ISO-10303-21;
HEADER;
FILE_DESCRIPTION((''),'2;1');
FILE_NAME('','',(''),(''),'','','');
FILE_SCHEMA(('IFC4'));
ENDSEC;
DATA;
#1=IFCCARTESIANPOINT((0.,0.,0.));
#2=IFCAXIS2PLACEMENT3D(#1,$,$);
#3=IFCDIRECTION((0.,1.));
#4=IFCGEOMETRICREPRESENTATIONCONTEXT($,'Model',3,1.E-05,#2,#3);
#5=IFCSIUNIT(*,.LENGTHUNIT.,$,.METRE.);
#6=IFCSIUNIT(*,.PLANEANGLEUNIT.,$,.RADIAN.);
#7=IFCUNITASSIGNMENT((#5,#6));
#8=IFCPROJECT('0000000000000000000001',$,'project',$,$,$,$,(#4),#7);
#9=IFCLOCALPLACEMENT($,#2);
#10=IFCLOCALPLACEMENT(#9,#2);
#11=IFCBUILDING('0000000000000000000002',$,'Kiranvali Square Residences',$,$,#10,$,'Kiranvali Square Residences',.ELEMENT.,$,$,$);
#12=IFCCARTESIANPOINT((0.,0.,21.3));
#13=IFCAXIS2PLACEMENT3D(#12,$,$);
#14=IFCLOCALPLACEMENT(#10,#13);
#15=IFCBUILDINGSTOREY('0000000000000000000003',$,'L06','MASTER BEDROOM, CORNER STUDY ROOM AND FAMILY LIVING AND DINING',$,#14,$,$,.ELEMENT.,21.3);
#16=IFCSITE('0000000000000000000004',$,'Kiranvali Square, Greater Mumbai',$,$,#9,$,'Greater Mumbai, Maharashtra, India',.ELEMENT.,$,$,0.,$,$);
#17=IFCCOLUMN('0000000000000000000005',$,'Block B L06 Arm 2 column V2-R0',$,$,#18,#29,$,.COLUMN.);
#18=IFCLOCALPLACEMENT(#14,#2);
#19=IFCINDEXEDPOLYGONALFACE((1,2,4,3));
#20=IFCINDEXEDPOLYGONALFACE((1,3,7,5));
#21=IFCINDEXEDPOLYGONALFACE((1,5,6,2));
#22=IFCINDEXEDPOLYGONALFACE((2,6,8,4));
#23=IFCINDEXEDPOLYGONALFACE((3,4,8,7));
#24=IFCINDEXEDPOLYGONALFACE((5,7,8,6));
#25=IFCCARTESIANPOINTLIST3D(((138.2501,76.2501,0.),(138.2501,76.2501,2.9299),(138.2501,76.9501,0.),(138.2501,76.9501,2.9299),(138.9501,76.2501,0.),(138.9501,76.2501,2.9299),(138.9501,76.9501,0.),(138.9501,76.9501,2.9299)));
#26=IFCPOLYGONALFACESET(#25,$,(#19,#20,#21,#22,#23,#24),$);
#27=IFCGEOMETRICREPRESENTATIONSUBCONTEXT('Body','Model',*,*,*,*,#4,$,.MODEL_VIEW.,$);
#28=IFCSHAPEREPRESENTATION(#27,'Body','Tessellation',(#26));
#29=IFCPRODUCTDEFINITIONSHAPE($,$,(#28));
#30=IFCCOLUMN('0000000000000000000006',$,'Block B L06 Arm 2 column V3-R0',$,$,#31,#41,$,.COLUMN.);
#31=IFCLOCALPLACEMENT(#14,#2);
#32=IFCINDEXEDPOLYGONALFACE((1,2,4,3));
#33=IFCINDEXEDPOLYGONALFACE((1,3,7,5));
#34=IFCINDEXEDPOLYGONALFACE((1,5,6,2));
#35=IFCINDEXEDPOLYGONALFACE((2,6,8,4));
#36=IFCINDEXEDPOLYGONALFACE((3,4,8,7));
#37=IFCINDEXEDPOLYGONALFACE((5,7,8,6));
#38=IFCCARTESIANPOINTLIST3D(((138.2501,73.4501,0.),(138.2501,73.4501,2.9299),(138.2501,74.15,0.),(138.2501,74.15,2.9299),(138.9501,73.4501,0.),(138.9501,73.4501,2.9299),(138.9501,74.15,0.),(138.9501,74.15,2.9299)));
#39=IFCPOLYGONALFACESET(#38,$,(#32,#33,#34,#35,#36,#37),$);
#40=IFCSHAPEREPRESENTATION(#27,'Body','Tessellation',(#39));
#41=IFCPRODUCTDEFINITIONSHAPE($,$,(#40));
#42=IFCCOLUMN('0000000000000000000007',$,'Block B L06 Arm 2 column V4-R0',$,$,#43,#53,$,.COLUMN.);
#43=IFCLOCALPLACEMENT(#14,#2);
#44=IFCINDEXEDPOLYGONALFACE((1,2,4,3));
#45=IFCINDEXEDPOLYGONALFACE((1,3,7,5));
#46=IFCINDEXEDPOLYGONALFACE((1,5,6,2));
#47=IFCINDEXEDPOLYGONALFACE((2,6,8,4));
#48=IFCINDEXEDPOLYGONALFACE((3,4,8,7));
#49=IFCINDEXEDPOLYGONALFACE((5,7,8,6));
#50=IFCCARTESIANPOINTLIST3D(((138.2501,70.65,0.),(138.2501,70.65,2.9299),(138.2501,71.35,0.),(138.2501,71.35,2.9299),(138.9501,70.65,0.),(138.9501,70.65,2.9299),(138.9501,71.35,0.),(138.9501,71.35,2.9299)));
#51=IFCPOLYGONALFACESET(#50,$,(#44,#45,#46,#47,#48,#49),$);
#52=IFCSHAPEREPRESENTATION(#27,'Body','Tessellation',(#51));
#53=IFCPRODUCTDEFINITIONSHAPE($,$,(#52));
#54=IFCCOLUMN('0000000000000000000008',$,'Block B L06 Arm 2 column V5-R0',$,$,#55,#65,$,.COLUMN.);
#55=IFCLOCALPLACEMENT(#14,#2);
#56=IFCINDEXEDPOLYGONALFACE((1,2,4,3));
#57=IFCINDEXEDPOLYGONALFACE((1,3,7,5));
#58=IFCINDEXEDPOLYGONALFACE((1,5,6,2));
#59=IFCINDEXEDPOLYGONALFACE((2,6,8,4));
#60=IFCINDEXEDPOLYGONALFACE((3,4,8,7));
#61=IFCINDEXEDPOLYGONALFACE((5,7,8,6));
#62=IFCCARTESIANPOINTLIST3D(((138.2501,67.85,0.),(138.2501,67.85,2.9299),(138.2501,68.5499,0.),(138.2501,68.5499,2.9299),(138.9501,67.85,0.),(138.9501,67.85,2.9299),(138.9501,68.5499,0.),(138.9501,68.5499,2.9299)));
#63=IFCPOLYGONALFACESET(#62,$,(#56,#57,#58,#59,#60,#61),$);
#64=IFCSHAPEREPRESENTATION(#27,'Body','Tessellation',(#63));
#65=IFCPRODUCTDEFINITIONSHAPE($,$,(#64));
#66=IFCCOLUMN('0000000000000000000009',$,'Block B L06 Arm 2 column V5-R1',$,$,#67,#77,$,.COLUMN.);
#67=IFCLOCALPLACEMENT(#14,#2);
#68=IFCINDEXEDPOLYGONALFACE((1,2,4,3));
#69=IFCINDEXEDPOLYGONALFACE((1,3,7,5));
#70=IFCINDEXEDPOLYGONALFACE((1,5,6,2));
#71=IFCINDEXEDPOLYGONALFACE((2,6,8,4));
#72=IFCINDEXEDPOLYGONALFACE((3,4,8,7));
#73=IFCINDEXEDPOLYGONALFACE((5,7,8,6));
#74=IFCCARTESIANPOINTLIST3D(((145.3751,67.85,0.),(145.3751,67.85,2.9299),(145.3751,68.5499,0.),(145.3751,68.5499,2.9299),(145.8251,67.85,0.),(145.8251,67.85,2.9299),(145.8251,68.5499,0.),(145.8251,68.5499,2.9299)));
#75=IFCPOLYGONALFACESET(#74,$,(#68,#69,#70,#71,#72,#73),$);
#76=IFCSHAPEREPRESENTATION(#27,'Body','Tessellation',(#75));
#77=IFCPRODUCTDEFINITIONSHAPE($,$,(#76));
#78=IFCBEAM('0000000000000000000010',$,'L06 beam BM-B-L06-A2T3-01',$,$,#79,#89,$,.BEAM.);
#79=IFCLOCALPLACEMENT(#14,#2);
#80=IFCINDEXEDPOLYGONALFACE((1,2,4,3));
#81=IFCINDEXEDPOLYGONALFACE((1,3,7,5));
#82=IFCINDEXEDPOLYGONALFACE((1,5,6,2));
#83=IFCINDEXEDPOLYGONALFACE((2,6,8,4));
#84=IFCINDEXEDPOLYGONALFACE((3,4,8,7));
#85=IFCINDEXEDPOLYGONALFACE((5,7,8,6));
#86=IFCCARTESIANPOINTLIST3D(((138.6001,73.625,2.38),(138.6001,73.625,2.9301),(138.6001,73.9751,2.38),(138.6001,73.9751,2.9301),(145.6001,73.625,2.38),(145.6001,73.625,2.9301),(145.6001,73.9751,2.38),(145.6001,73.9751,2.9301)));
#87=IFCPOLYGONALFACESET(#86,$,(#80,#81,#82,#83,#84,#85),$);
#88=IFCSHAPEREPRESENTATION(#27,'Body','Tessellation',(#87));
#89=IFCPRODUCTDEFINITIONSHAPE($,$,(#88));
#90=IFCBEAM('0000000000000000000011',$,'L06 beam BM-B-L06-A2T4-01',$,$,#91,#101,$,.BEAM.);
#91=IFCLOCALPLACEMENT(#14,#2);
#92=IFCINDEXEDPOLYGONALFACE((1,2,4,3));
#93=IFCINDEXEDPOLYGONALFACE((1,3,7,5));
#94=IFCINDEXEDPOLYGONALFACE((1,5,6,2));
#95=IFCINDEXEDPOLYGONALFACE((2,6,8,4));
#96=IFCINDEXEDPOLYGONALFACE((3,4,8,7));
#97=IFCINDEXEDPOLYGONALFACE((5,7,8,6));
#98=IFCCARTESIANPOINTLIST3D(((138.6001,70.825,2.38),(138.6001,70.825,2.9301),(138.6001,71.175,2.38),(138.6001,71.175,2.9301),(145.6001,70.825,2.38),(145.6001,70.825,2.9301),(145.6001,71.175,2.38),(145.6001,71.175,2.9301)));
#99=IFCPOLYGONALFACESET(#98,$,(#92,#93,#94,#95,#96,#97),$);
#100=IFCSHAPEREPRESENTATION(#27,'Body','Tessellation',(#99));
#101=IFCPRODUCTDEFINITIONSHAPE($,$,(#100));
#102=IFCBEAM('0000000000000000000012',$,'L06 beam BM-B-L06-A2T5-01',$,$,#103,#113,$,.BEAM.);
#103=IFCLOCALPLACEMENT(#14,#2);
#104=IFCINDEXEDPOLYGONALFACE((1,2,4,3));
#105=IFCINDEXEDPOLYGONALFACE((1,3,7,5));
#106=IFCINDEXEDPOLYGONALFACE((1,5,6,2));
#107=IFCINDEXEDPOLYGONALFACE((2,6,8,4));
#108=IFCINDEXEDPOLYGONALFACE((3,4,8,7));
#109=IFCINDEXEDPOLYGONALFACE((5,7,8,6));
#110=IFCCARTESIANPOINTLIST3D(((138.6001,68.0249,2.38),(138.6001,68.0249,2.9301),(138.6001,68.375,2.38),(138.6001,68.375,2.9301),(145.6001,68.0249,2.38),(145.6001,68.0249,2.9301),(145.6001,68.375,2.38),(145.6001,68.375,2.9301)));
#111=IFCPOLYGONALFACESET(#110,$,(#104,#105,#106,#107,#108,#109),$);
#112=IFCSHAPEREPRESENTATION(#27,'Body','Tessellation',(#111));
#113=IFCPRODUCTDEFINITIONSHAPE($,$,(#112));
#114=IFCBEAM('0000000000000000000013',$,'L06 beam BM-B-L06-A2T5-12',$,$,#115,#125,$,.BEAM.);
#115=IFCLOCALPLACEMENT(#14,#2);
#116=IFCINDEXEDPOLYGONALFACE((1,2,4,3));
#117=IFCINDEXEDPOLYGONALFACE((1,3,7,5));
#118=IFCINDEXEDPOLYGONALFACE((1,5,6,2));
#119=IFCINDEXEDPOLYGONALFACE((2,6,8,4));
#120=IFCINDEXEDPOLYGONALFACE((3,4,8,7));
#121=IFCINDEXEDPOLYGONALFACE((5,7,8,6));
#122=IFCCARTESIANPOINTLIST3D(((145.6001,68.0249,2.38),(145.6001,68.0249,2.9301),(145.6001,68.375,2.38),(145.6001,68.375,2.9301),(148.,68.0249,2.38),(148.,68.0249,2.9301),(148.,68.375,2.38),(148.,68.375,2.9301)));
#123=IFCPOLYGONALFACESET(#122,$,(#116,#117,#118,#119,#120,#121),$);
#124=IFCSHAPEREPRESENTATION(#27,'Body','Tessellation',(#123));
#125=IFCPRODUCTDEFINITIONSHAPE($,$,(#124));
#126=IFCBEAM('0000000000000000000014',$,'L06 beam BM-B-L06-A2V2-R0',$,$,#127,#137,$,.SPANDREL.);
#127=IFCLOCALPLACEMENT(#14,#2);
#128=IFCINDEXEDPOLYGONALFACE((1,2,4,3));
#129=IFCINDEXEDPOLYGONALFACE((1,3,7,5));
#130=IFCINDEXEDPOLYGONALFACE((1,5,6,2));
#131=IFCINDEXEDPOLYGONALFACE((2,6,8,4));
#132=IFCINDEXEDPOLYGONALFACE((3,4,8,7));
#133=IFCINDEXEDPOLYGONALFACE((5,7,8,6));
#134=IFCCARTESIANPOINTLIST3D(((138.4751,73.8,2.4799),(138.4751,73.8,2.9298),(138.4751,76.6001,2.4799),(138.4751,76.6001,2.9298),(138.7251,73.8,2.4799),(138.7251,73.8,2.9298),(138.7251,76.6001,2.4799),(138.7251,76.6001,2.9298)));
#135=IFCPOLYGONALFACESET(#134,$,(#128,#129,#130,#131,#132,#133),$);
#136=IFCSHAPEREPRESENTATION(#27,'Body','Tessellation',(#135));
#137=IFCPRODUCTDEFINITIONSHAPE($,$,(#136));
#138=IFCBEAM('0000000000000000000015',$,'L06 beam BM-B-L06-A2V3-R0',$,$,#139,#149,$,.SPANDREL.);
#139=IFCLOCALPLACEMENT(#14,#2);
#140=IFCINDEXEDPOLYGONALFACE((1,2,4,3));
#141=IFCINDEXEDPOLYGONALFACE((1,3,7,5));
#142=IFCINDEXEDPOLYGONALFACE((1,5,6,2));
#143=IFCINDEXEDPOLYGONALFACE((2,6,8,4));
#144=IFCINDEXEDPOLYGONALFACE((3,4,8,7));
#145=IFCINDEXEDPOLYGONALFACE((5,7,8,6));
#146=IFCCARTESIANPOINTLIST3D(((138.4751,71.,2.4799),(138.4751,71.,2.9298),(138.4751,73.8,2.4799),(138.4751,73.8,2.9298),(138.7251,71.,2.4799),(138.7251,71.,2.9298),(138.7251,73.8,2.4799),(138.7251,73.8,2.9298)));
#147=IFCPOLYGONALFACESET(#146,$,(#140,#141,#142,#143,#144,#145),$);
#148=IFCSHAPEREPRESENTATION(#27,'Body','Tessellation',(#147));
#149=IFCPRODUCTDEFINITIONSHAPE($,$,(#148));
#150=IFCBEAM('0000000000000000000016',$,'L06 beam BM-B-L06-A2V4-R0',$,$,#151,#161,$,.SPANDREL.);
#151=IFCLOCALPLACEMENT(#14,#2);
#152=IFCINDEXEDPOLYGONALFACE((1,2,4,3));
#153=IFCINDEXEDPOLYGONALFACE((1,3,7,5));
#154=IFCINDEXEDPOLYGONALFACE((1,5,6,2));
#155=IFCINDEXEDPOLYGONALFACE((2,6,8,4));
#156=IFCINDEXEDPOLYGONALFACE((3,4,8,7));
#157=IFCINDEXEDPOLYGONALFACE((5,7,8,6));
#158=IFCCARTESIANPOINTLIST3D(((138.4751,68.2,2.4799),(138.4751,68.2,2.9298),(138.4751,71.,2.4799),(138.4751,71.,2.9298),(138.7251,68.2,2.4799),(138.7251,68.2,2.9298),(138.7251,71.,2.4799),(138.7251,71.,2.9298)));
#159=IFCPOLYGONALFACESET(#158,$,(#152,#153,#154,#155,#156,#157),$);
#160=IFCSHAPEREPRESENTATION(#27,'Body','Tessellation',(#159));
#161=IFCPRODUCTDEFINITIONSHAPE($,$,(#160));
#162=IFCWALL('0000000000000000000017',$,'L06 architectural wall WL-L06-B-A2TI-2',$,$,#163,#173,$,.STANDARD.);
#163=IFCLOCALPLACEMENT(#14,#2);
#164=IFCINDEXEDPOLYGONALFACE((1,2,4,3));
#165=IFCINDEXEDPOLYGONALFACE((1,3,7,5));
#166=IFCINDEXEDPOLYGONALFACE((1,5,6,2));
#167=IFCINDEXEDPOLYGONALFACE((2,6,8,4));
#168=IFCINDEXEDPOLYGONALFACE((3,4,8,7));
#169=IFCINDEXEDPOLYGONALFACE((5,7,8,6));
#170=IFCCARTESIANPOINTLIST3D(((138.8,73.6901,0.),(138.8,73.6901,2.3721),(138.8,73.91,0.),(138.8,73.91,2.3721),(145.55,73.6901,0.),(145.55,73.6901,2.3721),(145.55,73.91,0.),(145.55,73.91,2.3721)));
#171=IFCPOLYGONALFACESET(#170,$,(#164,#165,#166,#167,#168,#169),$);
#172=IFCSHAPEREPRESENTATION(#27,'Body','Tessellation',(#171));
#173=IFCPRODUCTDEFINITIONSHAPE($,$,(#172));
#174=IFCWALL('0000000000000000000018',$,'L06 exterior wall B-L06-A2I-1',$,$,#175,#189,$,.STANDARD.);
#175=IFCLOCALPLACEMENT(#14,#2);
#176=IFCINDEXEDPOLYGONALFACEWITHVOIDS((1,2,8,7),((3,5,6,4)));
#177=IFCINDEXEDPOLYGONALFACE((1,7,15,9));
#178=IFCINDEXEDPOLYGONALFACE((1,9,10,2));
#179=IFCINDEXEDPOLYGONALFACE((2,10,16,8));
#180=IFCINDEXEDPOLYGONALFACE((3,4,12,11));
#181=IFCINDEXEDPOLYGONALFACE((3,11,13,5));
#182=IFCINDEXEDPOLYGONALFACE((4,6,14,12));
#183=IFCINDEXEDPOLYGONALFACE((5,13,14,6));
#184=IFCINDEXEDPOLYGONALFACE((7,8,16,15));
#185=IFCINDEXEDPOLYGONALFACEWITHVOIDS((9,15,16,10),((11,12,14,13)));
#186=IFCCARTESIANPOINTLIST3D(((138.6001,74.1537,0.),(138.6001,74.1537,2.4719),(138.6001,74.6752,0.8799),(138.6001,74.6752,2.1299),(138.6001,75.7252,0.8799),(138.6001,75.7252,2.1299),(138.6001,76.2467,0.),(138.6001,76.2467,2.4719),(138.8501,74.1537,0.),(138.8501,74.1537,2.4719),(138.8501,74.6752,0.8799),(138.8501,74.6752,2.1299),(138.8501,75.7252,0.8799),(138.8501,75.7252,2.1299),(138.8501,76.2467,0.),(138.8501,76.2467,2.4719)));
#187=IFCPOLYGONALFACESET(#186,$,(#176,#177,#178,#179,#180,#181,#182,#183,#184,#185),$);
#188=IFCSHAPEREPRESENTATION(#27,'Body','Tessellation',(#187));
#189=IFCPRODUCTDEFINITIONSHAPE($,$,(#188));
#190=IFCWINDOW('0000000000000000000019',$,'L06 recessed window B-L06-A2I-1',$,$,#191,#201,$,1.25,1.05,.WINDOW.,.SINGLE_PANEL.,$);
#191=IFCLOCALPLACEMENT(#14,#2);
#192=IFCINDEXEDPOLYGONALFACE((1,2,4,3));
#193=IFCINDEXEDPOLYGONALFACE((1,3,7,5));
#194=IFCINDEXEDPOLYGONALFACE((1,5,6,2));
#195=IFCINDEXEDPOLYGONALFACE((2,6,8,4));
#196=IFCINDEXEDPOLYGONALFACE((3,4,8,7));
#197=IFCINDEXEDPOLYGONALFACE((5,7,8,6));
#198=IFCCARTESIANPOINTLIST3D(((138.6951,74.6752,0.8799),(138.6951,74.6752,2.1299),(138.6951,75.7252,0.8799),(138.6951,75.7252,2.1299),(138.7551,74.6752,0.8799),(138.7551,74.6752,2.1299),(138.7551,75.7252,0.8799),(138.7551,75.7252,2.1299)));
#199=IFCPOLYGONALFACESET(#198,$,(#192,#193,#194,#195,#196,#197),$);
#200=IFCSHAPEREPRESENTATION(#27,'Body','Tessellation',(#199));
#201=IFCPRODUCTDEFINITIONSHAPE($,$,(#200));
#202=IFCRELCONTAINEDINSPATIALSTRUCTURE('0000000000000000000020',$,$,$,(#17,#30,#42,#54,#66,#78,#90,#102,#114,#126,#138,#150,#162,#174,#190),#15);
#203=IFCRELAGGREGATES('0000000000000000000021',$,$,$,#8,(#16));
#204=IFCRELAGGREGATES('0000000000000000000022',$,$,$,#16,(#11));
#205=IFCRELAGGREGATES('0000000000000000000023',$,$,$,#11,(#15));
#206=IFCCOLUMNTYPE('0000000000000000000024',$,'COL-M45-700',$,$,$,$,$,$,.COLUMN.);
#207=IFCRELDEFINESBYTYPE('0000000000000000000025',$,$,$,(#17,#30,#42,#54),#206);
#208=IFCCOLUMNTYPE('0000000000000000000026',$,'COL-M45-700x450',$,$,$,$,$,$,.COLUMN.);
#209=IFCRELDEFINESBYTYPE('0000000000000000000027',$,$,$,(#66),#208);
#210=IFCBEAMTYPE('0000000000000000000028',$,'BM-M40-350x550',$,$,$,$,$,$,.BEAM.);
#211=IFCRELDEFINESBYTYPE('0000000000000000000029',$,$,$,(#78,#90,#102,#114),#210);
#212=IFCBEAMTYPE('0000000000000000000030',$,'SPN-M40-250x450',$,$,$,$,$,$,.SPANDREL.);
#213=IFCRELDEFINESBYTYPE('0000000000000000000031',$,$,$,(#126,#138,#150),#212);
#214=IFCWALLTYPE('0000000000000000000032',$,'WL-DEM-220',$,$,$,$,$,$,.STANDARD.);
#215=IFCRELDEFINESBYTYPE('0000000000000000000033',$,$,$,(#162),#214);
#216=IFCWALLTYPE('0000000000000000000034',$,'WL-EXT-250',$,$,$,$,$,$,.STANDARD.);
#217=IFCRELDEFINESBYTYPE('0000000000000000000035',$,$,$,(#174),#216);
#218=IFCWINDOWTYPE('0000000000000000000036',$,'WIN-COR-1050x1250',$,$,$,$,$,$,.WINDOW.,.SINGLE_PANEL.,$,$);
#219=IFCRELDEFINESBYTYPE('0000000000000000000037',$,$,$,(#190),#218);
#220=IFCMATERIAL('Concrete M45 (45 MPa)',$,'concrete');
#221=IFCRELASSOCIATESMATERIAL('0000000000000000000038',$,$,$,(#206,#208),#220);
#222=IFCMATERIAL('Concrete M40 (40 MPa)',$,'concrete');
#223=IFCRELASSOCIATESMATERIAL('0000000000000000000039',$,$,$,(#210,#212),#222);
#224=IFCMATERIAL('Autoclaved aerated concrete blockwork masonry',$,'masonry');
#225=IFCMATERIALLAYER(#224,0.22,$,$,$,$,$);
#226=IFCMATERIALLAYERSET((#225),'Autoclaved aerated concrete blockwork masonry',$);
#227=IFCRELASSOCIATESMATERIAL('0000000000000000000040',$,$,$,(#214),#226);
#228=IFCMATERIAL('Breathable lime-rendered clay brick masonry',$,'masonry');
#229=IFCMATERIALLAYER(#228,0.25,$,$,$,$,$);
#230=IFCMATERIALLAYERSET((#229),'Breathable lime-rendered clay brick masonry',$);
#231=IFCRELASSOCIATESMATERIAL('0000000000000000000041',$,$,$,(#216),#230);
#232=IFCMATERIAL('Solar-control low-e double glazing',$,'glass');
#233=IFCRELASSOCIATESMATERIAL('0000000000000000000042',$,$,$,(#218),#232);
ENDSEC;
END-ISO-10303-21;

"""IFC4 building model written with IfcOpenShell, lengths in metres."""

from ifc_helpers import new_model, si_unit, direction, frame, frame_2d, origin, origin_2d, place, context, subcontext, project, spatial, rectangle, extrude, material, layer, layer_set, material_profile, profile_set, type_object, element, fill, save


model = new_model("IFC4")

# Units and contexts
model_context = context("Model", 3, precision=1e-05, world=origin(), true_north=direction((0.0, 1.0)))
body_context = subcontext(model_context, "Body", "Model", "MODEL_VIEW")
ifc_project = project(units=[si_unit("LENGTHUNIT", "METRE"), si_unit("PLANEANGLEUNIT", "RADIAN")], contexts=[model_context])

# Site, building, storey
site_placement = place(None, origin())
site = spatial("IfcSite", under=ifc_project, at=site_placement, Name="Kiranvali Square, Greater Mumbai", LongName="Greater Mumbai, Maharashtra, India", CompositionType="ELEMENT", RefElevation=0.0)
building_placement = place(site_placement, origin())
building = spatial("IfcBuilding", under=site, at=building_placement, Name="Kiranvali Square Residences", LongName="Kiranvali Square Residences", CompositionType="ELEMENT")
storey_placement = place(building_placement, frame((0.0, 0.0, 21.3)))
storey = spatial("IfcBuildingStorey", under=building, at=storey_placement, Name="L06", Description="MASTER BEDROOM, CORNER STUDY ROOM AND FAMILY LIVING AND DINING", CompositionType="ELEMENT", Elevation=21.3)

# Columns
ifc_material_1 = material(Name="Concrete M45 (45 MPa)", Category="concrete")
ifc_material_profile_1 = material_profile(ifc_material_1, rectangle(XDim=0.7, YDim=0.7, at=origin_2d()), Name="RC 700x700")
ifc_profile_set_1 = profile_set([ifc_material_profile_1], Name="Concrete M45 (45 MPa)")
column_type_1 = type_object("IfcColumnType", Name="COL-M45-700", PredefinedType="COLUMN", material=ifc_profile_set_1)
for number, where, z_axis, x_axis, name in (
    (1, (138.6001, 76.6001, 0.0), (0.0, 0.0, 1.0), (1.0, 0.0, 0.0), "Block B L06 Arm 2 column V2-R0"),
    (2, (138.6001, 73.8, 0.0), (0.0, 0.0, 1.0), (1.0, 0.0, 0.0), "Block B L06 Arm 2 column V3-R0"),
    (3, (138.6001, 71.0, 0.0), (0.0, 0.0, 1.0), (1.0, 0.0, 0.0), "Block B L06 Arm 2 column V4-R0"),
    (4, (138.6001, 68.2, 0.0), (0.0, 0.0, 1.0), (1.0, 0.0, 0.0), "Block B L06 Arm 2 column V5-R0"),
):
    element("IfcColumn", number, at=place(storey_placement, frame(where, z_axis=z_axis, x_axis=x_axis)), inside=storey, type_object=column_type_1, Name=name, PredefinedType="COLUMN", context=body_context, shape_type="SweptSolid", body=[
        extrude(rectangle(XDim=0.7, YDim=0.7, at=origin_2d()), origin(), (0.0, 0.0, 1.0), 2.9299),
    ])
ifc_material_profile_2 = material_profile(ifc_material_1, rectangle(XDim=0.45, YDim=0.7, at=origin_2d()), Name="RC 700x450")
ifc_profile_set_2 = profile_set([ifc_material_profile_2], Name="Concrete M45 (45 MPa)")
column_type_2 = type_object("IfcColumnType", Name="COL-M45-700x450", PredefinedType="COLUMN", material=ifc_profile_set_2)
column_placement = place(storey_placement, frame((145.6001, 68.2, 0.0), z_axis=(0.0, 0.0, 1.0), x_axis=(1.0, 0.0, 0.0)))
element("IfcColumn", 5, at=column_placement, inside=storey, type_object=column_type_2, Name="Block B L06 Arm 2 column V5-R1", PredefinedType="COLUMN", context=body_context, shape_type="SweptSolid", body=[
    extrude(rectangle(XDim=0.45, YDim=0.7, at=origin_2d()), origin(), (0.0, 0.0, 1.0), 2.9299),
])

# Beams
ifc_material_2 = material(Name="Concrete M40 (40 MPa)", Category="concrete")
ifc_material_profile_3 = material_profile(ifc_material_2, rectangle(XDim=0.3501, YDim=0.55, at=origin_2d()), Name="RC 350x550")
ifc_profile_set_3 = profile_set([ifc_material_profile_3], Name="Concrete M40 (40 MPa)")
beam_type_1 = type_object("IfcBeamType", Name="BM-M40-350x550", PredefinedType="BEAM", material=ifc_profile_set_3)
for number, where, z_axis, x_axis, name in (
    (6, (138.6001, 73.8, 2.655), (1.0, 0.0, 0.0), (0.0, 1.0, 0.0), "L06 beam BM-B-L06-A2T3-01"),
    (7, (138.6001, 71.0, 2.655), (1.0, 0.0, 0.0), (0.0, 1.0, 0.0), "L06 beam BM-B-L06-A2T4-01"),
    (8, (138.6001, 68.2, 2.655), (1.0, 0.0, 0.0), (0.0, 1.0, 0.0), "L06 beam BM-B-L06-A2T5-01"),
):
    element("IfcBeam", number, at=place(storey_placement, frame(where, z_axis=z_axis, x_axis=x_axis)), inside=storey, type_object=beam_type_1, Name=name, PredefinedType="BEAM", context=body_context, shape_type="SweptSolid", body=[
        extrude(rectangle(XDim=0.3501, YDim=0.55, at=origin_2d()), origin(), (0.0, 0.0, 1.0), 7.0),
    ])
beam_placement = place(storey_placement, frame((145.6001, 68.2, 2.655), z_axis=(1.0, 0.0, 0.0), x_axis=(0.0, 1.0, 0.0)))
element("IfcBeam", 9, at=beam_placement, inside=storey, type_object=beam_type_1, Name="L06 beam BM-B-L06-A2T5-12", PredefinedType="BEAM", context=body_context, shape_type="SweptSolid", body=[
    extrude(rectangle(XDim=0.3501, YDim=0.55, at=origin_2d()), origin(), (0.0, 0.0, 1.0), 2.3999),
])
ifc_material_profile_4 = material_profile(ifc_material_2, rectangle(XDim=0.25, YDim=0.45, at=origin_2d()), Name="RC 250x450")
ifc_profile_set_4 = profile_set([ifc_material_profile_4], Name="Concrete M40 (40 MPa)")
beam_type_2 = type_object("IfcBeamType", Name="SPN-M40-250x450", PredefinedType="SPANDREL", material=ifc_profile_set_4)
for number, where, z_axis, x_axis, name in (
    (10, (138.6001, 76.6001, 2.7048), (0.0, -1.0, 0.0), (1.0, 0.0, 0.0), "L06 beam BM-B-L06-A2V2-R0"),
    (11, (138.6001, 73.8, 2.7048), (0.0, -1.0, 0.0), (1.0, 0.0, 0.0), "L06 beam BM-B-L06-A2V3-R0"),
    (12, (138.6001, 71.0, 2.7048), (0.0, -1.0, 0.0), (1.0, 0.0, 0.0), "L06 beam BM-B-L06-A2V4-R0"),
):
    element("IfcBeam", number, at=place(storey_placement, frame(where, z_axis=z_axis, x_axis=x_axis)), inside=storey, type_object=beam_type_2, Name=name, PredefinedType="SPANDREL", context=body_context, shape_type="SweptSolid", body=[
        extrude(rectangle(XDim=0.25, YDim=0.45, at=origin_2d()), origin(), (0.0, 0.0, 1.0), 2.8),
    ])

# Wall
ifc_material_3 = material(Name="Autoclaved aerated concrete blockwork masonry", Category="masonry")
ifc_layer_1 = layer(ifc_material_3, 0.22)
ifc_layer_set_1 = layer_set([ifc_layer_1], Name="Autoclaved aerated concrete blockwork masonry")
wall_type_1 = type_object("IfcWallType", Name="WL-DEM-220", PredefinedType="STANDARD", material=ifc_layer_set_1)
wall_1_placement = place(storey_placement, frame((138.8, 73.8, 0.0), z_axis=(0.0, 0.0, 1.0), x_axis=(1.0, 0.0, 0.0)))
element("IfcWall", 13, at=wall_1_placement, inside=storey, type_object=wall_type_1, Name="L06 architectural wall WL-L06-B-A2TI-2", PredefinedType="STANDARD", context=body_context, shape_type="SweptSolid", body=[
    extrude(rectangle(XDim=6.75, YDim=0.22, at=frame_2d((3.375, 0.0))), origin(), (0.0, 0.0, 1.0), 2.3721),
])

# Wall, opening, window
ifc_material_4 = material(Name="Breathable lime-rendered clay brick masonry", Category="masonry")
ifc_layer_2 = layer(ifc_material_4, 0.25)
ifc_layer_set_2 = layer_set([ifc_layer_2], Name="Breathable lime-rendered clay brick masonry")
wall_type_2 = type_object("IfcWallType", Name="WL-EXT-250", PredefinedType="STANDARD", material=ifc_layer_set_2)
wall_2_placement = place(storey_placement, frame((138.7251, 76.2466, 0.0), z_axis=(0.0, 0.0, 1.0), x_axis=(0.0, -1.0, 0.0)))
wall_2 = element("IfcWall", 14, at=wall_2_placement, inside=storey, type_object=wall_type_2, Name="L06 exterior wall B-L06-A2I-1", PredefinedType="STANDARD", context=body_context, shape_type="SweptSolid", body=[
    extrude(rectangle(XDim=2.093, YDim=0.25, at=frame_2d((1.0464, 0.0))), origin(), (0.0, 0.0, 1.0), 2.4719),
])
opening_1_placement = place(wall_2_placement, frame((0.5215, 0.0, 0.8799)))
opening_1 = element("IfcOpeningElement", 15, at=opening_1_placement, cuts=wall_2, PredefinedType="OPENING", context=body_context, shape_type="SweptSolid", body=[
    extrude(rectangle(XDim=1.05, YDim=1.25, at=frame_2d((0.5249, 0.625))), frame((0.0, 0.135, 0.0), z_axis=(0.0, -1.0, 0.0), x_axis=(1.0, 0.0, 0.0)), (0.0, 0.0, 1.0), 0.27),
])
ifc_material_5 = material(Name="Solar-control low-e double glazing", Category="glass")
window_type_1 = type_object("IfcWindowType", Name="WIN-COR-1050x1250", PartitioningType="SINGLE_PANEL", PredefinedType="WINDOW", material=ifc_material_5)
window_1_placement = place(opening_1_placement, origin())
window_1 = element("IfcWindow", 16, at=window_1_placement, inside=storey, type_object=window_type_1, Name="L06 recessed window B-L06-A2I-1", OverallHeight=1.25, OverallWidth=1.05, PartitioningType="SINGLE_PANEL", PredefinedType="WINDOW", context=body_context, shape_type="SweptSolid", body=[
    extrude(rectangle(XDim=1.05, YDim=1.25, at=frame_2d((0.5249, 0.625))), frame((0.0, 0.03, 0.0), z_axis=(0.0, -1.0, 0.0), x_axis=(1.0, 0.0, 0.0)), (0.0, 0.0, 1.0), 0.0601),
])
fill(opening_1, window_1)

save(model, "model.ifc")
